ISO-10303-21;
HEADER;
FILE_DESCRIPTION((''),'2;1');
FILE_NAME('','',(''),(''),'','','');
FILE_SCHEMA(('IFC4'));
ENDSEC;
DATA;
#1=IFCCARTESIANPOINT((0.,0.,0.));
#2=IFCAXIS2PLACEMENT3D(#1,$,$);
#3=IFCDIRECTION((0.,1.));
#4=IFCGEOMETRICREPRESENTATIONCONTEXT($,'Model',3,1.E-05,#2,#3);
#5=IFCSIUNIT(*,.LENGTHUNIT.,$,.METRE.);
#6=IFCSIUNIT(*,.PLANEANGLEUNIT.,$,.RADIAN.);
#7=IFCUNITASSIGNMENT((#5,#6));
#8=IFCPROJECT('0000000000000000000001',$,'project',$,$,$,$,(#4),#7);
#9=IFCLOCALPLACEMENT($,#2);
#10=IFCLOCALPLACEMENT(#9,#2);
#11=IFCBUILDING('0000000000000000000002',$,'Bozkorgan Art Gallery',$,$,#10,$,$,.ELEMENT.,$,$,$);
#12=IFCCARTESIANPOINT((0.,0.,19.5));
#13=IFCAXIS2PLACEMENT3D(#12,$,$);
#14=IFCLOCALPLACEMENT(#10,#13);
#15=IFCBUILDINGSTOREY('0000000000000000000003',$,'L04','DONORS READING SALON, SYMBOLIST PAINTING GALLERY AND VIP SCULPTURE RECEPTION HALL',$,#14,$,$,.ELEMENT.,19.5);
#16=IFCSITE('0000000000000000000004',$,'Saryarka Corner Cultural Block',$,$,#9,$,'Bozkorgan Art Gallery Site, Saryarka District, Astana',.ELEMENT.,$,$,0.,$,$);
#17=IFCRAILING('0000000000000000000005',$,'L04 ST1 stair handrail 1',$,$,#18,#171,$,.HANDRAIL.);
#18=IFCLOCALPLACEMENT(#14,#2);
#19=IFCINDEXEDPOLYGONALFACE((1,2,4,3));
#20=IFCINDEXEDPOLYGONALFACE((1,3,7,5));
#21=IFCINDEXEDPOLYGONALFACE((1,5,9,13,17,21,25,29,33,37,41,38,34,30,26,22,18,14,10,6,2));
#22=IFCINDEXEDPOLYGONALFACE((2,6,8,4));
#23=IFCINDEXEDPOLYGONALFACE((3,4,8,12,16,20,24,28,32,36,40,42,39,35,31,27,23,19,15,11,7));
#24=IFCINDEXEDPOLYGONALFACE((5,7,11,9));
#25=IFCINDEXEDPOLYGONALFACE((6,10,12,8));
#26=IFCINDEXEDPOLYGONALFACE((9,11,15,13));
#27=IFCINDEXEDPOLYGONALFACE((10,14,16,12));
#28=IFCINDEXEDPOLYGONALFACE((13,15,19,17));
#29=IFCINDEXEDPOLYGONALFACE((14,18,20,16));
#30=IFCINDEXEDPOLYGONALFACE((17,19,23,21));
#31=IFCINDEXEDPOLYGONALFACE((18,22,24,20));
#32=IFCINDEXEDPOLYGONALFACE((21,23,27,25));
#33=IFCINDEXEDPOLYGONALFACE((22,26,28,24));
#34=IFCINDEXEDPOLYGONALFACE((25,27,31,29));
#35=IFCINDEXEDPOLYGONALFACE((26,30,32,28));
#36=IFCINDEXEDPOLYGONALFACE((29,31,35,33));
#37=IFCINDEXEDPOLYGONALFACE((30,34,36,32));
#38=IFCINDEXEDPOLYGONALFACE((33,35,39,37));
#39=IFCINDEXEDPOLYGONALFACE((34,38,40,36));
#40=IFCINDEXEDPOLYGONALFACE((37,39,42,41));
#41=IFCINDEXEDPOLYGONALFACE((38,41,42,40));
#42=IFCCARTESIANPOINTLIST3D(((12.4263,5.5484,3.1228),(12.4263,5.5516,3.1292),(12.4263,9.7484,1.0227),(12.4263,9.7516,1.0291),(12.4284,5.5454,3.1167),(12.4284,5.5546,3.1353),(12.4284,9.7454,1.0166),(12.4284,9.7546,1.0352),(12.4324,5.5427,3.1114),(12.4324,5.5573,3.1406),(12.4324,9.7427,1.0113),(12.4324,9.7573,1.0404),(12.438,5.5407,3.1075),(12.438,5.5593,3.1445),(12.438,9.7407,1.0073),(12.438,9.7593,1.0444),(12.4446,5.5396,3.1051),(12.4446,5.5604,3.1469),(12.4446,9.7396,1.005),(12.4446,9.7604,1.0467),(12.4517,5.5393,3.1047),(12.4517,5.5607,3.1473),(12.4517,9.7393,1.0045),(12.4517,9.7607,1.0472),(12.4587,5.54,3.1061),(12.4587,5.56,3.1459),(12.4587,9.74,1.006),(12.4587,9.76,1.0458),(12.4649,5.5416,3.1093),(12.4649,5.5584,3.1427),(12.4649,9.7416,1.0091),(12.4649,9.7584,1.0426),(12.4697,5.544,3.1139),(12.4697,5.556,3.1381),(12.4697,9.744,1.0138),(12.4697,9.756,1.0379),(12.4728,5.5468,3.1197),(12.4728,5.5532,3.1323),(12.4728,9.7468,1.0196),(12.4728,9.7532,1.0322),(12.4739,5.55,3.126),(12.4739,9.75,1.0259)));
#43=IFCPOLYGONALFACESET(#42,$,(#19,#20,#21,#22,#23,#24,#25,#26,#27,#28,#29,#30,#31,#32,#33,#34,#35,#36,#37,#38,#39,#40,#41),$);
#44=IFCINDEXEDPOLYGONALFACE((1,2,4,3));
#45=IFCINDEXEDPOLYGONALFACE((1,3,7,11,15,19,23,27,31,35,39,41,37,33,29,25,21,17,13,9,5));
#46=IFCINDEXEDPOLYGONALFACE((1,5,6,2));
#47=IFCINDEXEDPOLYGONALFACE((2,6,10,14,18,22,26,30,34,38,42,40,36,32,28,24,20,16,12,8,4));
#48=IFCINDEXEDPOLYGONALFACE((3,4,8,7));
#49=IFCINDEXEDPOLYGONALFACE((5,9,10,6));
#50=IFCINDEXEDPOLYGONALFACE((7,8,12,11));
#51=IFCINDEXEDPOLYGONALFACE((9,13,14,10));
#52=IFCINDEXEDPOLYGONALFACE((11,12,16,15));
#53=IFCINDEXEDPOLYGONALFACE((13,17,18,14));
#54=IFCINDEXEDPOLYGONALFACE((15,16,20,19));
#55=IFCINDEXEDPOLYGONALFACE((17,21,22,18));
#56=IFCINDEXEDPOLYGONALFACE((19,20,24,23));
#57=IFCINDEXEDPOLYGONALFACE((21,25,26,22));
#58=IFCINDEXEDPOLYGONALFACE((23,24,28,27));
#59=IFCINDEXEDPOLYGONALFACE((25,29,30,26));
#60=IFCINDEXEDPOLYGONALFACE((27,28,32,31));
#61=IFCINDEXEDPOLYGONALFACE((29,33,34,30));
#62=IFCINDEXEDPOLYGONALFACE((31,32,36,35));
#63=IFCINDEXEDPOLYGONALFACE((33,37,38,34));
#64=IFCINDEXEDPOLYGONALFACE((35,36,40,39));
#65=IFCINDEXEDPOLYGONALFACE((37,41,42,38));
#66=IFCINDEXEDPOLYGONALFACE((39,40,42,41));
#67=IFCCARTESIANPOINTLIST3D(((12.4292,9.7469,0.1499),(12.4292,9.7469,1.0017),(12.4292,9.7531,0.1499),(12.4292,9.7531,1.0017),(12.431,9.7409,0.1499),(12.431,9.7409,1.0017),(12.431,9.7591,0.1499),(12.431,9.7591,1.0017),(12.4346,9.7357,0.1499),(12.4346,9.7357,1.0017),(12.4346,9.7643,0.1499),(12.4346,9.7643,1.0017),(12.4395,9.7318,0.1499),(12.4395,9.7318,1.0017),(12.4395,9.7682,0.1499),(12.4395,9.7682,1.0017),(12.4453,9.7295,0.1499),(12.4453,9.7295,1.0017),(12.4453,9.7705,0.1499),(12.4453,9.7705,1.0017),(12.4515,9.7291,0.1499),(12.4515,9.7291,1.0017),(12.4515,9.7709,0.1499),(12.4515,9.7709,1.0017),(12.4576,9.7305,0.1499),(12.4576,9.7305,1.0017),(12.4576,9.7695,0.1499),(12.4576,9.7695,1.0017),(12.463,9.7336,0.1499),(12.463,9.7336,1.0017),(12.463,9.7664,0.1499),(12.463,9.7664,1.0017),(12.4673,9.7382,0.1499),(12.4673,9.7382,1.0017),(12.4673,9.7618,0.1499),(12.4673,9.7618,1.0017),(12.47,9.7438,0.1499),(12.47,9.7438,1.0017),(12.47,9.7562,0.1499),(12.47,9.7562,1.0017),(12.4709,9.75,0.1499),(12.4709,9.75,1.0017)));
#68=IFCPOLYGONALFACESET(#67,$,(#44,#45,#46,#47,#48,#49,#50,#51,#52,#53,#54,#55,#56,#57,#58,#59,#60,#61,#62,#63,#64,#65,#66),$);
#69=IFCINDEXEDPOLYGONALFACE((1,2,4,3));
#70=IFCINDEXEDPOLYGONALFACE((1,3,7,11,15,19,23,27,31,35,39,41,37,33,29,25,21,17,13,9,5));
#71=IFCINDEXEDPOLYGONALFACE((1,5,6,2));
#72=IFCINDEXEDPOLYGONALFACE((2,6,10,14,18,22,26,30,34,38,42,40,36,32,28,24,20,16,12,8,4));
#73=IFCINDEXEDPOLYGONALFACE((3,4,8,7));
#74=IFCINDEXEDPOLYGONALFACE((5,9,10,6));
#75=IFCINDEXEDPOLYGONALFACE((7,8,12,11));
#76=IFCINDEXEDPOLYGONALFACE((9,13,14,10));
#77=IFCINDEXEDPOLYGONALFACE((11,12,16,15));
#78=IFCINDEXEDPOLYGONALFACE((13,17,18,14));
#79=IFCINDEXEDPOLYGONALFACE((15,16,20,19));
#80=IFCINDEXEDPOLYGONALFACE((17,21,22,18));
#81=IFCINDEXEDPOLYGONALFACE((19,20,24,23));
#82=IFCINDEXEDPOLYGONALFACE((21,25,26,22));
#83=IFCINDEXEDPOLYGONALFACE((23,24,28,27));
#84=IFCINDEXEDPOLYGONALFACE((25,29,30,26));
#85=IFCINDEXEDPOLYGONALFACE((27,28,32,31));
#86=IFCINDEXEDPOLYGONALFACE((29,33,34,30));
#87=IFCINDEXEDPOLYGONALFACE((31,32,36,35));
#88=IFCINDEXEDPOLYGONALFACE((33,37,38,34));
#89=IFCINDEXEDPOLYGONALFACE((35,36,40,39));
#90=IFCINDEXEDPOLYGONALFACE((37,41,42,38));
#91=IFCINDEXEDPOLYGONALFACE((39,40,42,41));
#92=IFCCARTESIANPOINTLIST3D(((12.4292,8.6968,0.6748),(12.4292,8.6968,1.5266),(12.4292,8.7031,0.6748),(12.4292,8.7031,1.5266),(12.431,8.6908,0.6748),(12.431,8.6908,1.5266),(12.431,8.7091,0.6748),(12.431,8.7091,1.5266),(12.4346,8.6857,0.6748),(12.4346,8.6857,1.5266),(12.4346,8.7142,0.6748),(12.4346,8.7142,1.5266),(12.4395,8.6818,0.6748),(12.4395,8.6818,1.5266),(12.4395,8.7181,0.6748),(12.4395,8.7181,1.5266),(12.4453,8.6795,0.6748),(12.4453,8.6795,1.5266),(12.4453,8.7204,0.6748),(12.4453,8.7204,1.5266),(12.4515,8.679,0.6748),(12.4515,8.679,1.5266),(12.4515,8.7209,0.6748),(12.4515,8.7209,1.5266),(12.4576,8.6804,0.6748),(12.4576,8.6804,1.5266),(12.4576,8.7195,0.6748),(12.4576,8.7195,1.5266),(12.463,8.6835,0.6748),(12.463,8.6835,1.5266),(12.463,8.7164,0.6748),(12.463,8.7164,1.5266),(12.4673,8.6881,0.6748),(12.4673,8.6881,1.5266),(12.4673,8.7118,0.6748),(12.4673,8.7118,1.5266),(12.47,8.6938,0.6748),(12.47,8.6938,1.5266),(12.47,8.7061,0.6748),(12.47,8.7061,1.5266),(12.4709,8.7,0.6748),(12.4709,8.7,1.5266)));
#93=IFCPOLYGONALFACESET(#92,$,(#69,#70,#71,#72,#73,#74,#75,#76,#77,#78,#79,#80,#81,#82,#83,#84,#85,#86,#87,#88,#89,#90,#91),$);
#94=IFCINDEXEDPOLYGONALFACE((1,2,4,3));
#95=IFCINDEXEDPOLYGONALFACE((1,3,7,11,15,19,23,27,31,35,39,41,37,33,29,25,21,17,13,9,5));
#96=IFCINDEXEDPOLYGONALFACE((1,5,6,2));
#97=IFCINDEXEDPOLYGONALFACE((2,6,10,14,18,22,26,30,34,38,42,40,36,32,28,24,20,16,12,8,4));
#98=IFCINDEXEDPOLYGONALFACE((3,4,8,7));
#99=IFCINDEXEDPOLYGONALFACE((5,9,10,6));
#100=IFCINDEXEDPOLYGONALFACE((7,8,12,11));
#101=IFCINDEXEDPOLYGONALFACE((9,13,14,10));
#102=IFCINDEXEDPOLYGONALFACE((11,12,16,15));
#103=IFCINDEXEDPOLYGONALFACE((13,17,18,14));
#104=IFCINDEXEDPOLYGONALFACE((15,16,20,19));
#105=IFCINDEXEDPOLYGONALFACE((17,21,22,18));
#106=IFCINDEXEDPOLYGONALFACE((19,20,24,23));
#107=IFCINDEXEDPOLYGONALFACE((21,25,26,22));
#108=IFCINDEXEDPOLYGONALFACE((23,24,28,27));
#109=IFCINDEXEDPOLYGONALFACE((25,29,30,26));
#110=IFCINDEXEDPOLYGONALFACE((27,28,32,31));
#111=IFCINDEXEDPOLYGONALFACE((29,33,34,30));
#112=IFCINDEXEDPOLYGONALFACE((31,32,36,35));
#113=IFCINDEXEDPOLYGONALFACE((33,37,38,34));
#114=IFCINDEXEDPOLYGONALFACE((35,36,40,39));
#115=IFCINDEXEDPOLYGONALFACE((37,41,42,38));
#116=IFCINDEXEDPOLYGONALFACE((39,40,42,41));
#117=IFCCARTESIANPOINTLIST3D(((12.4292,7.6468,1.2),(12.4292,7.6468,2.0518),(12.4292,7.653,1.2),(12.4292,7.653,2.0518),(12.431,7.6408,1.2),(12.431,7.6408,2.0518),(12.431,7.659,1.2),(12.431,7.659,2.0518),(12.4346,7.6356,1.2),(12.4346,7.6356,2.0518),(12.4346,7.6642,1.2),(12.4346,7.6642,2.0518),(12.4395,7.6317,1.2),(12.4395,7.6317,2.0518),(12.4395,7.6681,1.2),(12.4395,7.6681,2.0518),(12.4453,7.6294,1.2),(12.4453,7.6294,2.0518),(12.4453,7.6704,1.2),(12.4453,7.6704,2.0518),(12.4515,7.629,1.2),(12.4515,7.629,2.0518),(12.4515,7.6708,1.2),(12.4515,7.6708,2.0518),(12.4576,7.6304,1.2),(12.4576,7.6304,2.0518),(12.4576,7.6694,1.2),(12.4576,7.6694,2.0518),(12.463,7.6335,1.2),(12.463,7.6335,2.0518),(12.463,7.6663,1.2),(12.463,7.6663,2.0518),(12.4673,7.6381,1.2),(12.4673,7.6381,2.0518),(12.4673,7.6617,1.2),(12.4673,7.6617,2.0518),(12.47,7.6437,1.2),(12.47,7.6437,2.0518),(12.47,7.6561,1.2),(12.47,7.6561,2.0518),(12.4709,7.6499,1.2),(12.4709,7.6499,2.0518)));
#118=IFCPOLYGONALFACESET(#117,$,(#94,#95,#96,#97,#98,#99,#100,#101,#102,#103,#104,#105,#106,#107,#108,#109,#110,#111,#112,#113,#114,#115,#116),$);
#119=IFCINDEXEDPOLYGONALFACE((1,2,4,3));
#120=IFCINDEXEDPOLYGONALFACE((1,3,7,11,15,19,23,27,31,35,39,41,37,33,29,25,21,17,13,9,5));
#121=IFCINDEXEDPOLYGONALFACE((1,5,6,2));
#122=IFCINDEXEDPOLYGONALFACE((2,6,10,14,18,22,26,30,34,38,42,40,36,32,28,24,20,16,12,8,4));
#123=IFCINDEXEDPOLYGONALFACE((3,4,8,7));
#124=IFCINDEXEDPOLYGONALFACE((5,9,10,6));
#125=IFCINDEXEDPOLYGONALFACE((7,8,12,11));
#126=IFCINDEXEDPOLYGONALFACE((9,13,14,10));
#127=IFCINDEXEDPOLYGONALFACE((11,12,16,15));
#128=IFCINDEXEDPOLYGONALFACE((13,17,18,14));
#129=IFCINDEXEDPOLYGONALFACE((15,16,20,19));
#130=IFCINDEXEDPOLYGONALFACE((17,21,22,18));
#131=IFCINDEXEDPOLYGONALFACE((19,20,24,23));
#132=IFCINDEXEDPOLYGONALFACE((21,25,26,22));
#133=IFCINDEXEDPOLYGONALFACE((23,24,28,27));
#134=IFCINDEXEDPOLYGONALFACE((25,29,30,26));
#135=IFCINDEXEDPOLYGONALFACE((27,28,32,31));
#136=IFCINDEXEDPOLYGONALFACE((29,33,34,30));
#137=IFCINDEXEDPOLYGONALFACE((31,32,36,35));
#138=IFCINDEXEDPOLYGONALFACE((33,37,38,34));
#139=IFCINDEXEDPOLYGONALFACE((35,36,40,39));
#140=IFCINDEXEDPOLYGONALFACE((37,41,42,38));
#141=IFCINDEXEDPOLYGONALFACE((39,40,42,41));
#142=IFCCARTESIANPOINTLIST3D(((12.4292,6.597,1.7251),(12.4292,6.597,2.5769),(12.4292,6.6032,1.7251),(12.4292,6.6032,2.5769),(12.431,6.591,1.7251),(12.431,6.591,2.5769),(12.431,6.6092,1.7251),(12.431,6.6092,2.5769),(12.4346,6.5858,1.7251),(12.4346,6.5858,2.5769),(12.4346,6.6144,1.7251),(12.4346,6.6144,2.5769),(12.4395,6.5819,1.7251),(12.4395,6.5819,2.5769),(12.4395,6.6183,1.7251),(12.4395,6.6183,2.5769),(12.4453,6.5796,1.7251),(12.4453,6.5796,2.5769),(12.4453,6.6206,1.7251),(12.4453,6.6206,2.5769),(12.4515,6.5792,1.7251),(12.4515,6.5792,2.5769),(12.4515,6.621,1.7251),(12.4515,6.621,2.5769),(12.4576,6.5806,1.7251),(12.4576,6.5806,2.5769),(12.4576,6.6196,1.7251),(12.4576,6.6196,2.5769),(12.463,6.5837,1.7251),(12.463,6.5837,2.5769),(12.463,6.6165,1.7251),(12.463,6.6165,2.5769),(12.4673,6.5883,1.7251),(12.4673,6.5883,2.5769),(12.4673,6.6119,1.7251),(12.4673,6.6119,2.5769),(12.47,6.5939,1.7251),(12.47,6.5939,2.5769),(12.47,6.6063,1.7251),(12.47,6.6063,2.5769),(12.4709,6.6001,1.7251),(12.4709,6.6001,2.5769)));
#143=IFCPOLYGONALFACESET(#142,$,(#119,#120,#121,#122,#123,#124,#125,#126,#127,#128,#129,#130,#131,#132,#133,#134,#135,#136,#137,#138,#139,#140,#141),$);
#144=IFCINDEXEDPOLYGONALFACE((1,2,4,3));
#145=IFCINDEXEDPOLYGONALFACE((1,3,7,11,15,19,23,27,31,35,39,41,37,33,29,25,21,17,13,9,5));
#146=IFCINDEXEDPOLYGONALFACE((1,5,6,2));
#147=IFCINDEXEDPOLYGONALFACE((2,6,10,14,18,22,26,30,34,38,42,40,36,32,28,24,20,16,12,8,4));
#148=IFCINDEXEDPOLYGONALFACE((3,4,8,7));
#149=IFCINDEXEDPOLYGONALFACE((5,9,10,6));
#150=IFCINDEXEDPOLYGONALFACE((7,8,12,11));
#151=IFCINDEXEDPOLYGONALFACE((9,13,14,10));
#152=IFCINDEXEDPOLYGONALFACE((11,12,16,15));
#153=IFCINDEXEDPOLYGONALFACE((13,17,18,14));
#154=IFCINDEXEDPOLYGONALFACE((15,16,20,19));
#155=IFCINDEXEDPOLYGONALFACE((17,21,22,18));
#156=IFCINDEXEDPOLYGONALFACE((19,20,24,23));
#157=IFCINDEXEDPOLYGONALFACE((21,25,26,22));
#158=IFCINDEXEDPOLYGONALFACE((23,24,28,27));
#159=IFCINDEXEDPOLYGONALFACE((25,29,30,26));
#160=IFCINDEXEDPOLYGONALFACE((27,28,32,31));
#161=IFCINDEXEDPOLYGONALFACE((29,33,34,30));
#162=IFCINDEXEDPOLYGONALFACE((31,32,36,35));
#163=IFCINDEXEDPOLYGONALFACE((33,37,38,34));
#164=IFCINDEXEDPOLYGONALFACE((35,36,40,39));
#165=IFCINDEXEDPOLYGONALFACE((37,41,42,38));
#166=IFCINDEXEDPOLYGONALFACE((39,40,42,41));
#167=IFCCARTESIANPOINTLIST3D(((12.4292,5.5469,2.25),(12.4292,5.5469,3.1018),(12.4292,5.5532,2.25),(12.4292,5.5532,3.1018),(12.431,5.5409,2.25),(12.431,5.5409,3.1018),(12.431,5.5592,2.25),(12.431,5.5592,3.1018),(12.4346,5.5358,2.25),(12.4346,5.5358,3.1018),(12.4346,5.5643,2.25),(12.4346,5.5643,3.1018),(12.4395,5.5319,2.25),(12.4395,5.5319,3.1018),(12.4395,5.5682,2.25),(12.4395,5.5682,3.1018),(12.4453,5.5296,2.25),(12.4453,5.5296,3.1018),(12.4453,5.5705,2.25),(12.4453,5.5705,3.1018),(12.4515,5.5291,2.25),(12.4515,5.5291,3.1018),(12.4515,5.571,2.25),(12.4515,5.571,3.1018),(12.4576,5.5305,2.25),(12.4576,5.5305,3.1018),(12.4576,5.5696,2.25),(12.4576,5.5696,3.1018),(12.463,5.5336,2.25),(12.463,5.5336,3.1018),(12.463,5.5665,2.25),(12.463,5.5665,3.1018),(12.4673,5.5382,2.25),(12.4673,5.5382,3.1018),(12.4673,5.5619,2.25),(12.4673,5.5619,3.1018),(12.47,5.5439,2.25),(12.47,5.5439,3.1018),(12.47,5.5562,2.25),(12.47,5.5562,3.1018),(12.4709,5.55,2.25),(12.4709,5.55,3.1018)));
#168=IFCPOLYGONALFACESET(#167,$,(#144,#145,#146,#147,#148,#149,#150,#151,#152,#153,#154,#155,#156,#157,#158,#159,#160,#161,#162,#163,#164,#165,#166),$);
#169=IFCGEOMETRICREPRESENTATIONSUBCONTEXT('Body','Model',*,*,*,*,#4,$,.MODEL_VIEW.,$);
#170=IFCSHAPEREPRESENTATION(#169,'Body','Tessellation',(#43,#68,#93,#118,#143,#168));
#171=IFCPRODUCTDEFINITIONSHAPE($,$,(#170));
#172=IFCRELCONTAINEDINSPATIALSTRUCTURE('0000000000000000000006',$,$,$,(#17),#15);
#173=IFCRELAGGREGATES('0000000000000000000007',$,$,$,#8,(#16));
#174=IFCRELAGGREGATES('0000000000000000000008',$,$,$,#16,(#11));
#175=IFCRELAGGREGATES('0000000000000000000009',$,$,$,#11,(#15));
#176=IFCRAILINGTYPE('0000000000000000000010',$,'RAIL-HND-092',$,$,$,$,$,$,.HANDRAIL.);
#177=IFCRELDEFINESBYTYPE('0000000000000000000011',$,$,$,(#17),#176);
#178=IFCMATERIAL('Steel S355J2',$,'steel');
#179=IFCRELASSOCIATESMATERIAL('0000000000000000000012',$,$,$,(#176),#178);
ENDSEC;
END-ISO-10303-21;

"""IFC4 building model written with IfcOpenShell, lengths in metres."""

from ifc_helpers import new_model, si_unit, direction, frame, origin, origin_2d, place, context, subcontext, project, spatial, circle, extrude, material, type_object, element, save


model = new_model("IFC4")

# Units and contexts
model_context = context("Model", 3, precision=1e-05, world=origin(), true_north=direction((0.0, 1.0)))
body_context = subcontext(model_context, "Body", "Model", "MODEL_VIEW")
ifc_project = project(units=[si_unit("LENGTHUNIT", "METRE"), si_unit("PLANEANGLEUNIT", "RADIAN")], contexts=[model_context])

# Site, building, storey
site_placement = place(None, origin())
site = spatial("IfcSite", under=ifc_project, at=site_placement, Name="Saryarka Corner Cultural Block", LongName="Bozkorgan Art Gallery Site, Saryarka District, Astana", CompositionType="ELEMENT", RefElevation=0.0)
building_placement = place(site_placement, origin())
building = spatial("IfcBuilding", under=site, at=building_placement, Name="Bozkorgan Art Gallery", CompositionType="ELEMENT")
storey_placement = place(building_placement, frame((0.0, 0.0, 19.5)))
storey = spatial("IfcBuildingStorey", under=building, at=storey_placement, Name="L04", Description="DONORS READING SALON, SYMBOLIST PAINTING GALLERY AND VIP SCULPTURE RECEPTION HALL", CompositionType="ELEMENT", Elevation=19.5)

# Shared definitions
ifc_material_1 = material(Name="Steel S355J2", Category="steel")

# Railing
railing_type_1 = type_object("IfcRailingType", Name="RAIL-HND-092", PredefinedType="HANDRAIL", material=ifc_material_1)
railing_1_placement = place(storey_placement, frame((12.45, 9.75, 0.1499)))
element("IfcRailing", 1, at=railing_1_placement, inside=storey, type_object=railing_type_1, Name="L04 ST1 stair handrail 1", PredefinedType="HANDRAIL", context=body_context, shape_type="SweptSolid", body=[
    extrude(circle(Radius=0.0239, at=origin_2d()), frame((0.0, 0.0, 0.876), z_axis=(0.0, -0.894417, 0.447234), x_axis=(1.0, 0.0, 0.0)), (0.0, 0.0, 1.0), 4.6958),
    extrude(circle(Radius=0.021, at=origin_2d()), origin(), (0.0, 0.0, 1.0), 0.8518),
    extrude(circle(Radius=0.021, at=origin_2d()), frame((0.0, -1.05, 0.5249)), (0.0, 0.0, 1.0), 0.8518),
    extrude(circle(Radius=0.021, at=origin_2d()), frame((0.0, -2.1001, 1.05)), (0.0, 0.0, 1.0), 0.8518),
    extrude(circle(Radius=0.021, at=origin_2d()), frame((0.0, -3.1499, 1.5752)), (0.0, 0.0, 1.0), 0.8518),
    extrude(circle(Radius=0.021, at=origin_2d()), frame((0.0, -4.2, 2.1001)), (0.0, 0.0, 1.0), 0.8518),
])

save(model, "model.ifc")
